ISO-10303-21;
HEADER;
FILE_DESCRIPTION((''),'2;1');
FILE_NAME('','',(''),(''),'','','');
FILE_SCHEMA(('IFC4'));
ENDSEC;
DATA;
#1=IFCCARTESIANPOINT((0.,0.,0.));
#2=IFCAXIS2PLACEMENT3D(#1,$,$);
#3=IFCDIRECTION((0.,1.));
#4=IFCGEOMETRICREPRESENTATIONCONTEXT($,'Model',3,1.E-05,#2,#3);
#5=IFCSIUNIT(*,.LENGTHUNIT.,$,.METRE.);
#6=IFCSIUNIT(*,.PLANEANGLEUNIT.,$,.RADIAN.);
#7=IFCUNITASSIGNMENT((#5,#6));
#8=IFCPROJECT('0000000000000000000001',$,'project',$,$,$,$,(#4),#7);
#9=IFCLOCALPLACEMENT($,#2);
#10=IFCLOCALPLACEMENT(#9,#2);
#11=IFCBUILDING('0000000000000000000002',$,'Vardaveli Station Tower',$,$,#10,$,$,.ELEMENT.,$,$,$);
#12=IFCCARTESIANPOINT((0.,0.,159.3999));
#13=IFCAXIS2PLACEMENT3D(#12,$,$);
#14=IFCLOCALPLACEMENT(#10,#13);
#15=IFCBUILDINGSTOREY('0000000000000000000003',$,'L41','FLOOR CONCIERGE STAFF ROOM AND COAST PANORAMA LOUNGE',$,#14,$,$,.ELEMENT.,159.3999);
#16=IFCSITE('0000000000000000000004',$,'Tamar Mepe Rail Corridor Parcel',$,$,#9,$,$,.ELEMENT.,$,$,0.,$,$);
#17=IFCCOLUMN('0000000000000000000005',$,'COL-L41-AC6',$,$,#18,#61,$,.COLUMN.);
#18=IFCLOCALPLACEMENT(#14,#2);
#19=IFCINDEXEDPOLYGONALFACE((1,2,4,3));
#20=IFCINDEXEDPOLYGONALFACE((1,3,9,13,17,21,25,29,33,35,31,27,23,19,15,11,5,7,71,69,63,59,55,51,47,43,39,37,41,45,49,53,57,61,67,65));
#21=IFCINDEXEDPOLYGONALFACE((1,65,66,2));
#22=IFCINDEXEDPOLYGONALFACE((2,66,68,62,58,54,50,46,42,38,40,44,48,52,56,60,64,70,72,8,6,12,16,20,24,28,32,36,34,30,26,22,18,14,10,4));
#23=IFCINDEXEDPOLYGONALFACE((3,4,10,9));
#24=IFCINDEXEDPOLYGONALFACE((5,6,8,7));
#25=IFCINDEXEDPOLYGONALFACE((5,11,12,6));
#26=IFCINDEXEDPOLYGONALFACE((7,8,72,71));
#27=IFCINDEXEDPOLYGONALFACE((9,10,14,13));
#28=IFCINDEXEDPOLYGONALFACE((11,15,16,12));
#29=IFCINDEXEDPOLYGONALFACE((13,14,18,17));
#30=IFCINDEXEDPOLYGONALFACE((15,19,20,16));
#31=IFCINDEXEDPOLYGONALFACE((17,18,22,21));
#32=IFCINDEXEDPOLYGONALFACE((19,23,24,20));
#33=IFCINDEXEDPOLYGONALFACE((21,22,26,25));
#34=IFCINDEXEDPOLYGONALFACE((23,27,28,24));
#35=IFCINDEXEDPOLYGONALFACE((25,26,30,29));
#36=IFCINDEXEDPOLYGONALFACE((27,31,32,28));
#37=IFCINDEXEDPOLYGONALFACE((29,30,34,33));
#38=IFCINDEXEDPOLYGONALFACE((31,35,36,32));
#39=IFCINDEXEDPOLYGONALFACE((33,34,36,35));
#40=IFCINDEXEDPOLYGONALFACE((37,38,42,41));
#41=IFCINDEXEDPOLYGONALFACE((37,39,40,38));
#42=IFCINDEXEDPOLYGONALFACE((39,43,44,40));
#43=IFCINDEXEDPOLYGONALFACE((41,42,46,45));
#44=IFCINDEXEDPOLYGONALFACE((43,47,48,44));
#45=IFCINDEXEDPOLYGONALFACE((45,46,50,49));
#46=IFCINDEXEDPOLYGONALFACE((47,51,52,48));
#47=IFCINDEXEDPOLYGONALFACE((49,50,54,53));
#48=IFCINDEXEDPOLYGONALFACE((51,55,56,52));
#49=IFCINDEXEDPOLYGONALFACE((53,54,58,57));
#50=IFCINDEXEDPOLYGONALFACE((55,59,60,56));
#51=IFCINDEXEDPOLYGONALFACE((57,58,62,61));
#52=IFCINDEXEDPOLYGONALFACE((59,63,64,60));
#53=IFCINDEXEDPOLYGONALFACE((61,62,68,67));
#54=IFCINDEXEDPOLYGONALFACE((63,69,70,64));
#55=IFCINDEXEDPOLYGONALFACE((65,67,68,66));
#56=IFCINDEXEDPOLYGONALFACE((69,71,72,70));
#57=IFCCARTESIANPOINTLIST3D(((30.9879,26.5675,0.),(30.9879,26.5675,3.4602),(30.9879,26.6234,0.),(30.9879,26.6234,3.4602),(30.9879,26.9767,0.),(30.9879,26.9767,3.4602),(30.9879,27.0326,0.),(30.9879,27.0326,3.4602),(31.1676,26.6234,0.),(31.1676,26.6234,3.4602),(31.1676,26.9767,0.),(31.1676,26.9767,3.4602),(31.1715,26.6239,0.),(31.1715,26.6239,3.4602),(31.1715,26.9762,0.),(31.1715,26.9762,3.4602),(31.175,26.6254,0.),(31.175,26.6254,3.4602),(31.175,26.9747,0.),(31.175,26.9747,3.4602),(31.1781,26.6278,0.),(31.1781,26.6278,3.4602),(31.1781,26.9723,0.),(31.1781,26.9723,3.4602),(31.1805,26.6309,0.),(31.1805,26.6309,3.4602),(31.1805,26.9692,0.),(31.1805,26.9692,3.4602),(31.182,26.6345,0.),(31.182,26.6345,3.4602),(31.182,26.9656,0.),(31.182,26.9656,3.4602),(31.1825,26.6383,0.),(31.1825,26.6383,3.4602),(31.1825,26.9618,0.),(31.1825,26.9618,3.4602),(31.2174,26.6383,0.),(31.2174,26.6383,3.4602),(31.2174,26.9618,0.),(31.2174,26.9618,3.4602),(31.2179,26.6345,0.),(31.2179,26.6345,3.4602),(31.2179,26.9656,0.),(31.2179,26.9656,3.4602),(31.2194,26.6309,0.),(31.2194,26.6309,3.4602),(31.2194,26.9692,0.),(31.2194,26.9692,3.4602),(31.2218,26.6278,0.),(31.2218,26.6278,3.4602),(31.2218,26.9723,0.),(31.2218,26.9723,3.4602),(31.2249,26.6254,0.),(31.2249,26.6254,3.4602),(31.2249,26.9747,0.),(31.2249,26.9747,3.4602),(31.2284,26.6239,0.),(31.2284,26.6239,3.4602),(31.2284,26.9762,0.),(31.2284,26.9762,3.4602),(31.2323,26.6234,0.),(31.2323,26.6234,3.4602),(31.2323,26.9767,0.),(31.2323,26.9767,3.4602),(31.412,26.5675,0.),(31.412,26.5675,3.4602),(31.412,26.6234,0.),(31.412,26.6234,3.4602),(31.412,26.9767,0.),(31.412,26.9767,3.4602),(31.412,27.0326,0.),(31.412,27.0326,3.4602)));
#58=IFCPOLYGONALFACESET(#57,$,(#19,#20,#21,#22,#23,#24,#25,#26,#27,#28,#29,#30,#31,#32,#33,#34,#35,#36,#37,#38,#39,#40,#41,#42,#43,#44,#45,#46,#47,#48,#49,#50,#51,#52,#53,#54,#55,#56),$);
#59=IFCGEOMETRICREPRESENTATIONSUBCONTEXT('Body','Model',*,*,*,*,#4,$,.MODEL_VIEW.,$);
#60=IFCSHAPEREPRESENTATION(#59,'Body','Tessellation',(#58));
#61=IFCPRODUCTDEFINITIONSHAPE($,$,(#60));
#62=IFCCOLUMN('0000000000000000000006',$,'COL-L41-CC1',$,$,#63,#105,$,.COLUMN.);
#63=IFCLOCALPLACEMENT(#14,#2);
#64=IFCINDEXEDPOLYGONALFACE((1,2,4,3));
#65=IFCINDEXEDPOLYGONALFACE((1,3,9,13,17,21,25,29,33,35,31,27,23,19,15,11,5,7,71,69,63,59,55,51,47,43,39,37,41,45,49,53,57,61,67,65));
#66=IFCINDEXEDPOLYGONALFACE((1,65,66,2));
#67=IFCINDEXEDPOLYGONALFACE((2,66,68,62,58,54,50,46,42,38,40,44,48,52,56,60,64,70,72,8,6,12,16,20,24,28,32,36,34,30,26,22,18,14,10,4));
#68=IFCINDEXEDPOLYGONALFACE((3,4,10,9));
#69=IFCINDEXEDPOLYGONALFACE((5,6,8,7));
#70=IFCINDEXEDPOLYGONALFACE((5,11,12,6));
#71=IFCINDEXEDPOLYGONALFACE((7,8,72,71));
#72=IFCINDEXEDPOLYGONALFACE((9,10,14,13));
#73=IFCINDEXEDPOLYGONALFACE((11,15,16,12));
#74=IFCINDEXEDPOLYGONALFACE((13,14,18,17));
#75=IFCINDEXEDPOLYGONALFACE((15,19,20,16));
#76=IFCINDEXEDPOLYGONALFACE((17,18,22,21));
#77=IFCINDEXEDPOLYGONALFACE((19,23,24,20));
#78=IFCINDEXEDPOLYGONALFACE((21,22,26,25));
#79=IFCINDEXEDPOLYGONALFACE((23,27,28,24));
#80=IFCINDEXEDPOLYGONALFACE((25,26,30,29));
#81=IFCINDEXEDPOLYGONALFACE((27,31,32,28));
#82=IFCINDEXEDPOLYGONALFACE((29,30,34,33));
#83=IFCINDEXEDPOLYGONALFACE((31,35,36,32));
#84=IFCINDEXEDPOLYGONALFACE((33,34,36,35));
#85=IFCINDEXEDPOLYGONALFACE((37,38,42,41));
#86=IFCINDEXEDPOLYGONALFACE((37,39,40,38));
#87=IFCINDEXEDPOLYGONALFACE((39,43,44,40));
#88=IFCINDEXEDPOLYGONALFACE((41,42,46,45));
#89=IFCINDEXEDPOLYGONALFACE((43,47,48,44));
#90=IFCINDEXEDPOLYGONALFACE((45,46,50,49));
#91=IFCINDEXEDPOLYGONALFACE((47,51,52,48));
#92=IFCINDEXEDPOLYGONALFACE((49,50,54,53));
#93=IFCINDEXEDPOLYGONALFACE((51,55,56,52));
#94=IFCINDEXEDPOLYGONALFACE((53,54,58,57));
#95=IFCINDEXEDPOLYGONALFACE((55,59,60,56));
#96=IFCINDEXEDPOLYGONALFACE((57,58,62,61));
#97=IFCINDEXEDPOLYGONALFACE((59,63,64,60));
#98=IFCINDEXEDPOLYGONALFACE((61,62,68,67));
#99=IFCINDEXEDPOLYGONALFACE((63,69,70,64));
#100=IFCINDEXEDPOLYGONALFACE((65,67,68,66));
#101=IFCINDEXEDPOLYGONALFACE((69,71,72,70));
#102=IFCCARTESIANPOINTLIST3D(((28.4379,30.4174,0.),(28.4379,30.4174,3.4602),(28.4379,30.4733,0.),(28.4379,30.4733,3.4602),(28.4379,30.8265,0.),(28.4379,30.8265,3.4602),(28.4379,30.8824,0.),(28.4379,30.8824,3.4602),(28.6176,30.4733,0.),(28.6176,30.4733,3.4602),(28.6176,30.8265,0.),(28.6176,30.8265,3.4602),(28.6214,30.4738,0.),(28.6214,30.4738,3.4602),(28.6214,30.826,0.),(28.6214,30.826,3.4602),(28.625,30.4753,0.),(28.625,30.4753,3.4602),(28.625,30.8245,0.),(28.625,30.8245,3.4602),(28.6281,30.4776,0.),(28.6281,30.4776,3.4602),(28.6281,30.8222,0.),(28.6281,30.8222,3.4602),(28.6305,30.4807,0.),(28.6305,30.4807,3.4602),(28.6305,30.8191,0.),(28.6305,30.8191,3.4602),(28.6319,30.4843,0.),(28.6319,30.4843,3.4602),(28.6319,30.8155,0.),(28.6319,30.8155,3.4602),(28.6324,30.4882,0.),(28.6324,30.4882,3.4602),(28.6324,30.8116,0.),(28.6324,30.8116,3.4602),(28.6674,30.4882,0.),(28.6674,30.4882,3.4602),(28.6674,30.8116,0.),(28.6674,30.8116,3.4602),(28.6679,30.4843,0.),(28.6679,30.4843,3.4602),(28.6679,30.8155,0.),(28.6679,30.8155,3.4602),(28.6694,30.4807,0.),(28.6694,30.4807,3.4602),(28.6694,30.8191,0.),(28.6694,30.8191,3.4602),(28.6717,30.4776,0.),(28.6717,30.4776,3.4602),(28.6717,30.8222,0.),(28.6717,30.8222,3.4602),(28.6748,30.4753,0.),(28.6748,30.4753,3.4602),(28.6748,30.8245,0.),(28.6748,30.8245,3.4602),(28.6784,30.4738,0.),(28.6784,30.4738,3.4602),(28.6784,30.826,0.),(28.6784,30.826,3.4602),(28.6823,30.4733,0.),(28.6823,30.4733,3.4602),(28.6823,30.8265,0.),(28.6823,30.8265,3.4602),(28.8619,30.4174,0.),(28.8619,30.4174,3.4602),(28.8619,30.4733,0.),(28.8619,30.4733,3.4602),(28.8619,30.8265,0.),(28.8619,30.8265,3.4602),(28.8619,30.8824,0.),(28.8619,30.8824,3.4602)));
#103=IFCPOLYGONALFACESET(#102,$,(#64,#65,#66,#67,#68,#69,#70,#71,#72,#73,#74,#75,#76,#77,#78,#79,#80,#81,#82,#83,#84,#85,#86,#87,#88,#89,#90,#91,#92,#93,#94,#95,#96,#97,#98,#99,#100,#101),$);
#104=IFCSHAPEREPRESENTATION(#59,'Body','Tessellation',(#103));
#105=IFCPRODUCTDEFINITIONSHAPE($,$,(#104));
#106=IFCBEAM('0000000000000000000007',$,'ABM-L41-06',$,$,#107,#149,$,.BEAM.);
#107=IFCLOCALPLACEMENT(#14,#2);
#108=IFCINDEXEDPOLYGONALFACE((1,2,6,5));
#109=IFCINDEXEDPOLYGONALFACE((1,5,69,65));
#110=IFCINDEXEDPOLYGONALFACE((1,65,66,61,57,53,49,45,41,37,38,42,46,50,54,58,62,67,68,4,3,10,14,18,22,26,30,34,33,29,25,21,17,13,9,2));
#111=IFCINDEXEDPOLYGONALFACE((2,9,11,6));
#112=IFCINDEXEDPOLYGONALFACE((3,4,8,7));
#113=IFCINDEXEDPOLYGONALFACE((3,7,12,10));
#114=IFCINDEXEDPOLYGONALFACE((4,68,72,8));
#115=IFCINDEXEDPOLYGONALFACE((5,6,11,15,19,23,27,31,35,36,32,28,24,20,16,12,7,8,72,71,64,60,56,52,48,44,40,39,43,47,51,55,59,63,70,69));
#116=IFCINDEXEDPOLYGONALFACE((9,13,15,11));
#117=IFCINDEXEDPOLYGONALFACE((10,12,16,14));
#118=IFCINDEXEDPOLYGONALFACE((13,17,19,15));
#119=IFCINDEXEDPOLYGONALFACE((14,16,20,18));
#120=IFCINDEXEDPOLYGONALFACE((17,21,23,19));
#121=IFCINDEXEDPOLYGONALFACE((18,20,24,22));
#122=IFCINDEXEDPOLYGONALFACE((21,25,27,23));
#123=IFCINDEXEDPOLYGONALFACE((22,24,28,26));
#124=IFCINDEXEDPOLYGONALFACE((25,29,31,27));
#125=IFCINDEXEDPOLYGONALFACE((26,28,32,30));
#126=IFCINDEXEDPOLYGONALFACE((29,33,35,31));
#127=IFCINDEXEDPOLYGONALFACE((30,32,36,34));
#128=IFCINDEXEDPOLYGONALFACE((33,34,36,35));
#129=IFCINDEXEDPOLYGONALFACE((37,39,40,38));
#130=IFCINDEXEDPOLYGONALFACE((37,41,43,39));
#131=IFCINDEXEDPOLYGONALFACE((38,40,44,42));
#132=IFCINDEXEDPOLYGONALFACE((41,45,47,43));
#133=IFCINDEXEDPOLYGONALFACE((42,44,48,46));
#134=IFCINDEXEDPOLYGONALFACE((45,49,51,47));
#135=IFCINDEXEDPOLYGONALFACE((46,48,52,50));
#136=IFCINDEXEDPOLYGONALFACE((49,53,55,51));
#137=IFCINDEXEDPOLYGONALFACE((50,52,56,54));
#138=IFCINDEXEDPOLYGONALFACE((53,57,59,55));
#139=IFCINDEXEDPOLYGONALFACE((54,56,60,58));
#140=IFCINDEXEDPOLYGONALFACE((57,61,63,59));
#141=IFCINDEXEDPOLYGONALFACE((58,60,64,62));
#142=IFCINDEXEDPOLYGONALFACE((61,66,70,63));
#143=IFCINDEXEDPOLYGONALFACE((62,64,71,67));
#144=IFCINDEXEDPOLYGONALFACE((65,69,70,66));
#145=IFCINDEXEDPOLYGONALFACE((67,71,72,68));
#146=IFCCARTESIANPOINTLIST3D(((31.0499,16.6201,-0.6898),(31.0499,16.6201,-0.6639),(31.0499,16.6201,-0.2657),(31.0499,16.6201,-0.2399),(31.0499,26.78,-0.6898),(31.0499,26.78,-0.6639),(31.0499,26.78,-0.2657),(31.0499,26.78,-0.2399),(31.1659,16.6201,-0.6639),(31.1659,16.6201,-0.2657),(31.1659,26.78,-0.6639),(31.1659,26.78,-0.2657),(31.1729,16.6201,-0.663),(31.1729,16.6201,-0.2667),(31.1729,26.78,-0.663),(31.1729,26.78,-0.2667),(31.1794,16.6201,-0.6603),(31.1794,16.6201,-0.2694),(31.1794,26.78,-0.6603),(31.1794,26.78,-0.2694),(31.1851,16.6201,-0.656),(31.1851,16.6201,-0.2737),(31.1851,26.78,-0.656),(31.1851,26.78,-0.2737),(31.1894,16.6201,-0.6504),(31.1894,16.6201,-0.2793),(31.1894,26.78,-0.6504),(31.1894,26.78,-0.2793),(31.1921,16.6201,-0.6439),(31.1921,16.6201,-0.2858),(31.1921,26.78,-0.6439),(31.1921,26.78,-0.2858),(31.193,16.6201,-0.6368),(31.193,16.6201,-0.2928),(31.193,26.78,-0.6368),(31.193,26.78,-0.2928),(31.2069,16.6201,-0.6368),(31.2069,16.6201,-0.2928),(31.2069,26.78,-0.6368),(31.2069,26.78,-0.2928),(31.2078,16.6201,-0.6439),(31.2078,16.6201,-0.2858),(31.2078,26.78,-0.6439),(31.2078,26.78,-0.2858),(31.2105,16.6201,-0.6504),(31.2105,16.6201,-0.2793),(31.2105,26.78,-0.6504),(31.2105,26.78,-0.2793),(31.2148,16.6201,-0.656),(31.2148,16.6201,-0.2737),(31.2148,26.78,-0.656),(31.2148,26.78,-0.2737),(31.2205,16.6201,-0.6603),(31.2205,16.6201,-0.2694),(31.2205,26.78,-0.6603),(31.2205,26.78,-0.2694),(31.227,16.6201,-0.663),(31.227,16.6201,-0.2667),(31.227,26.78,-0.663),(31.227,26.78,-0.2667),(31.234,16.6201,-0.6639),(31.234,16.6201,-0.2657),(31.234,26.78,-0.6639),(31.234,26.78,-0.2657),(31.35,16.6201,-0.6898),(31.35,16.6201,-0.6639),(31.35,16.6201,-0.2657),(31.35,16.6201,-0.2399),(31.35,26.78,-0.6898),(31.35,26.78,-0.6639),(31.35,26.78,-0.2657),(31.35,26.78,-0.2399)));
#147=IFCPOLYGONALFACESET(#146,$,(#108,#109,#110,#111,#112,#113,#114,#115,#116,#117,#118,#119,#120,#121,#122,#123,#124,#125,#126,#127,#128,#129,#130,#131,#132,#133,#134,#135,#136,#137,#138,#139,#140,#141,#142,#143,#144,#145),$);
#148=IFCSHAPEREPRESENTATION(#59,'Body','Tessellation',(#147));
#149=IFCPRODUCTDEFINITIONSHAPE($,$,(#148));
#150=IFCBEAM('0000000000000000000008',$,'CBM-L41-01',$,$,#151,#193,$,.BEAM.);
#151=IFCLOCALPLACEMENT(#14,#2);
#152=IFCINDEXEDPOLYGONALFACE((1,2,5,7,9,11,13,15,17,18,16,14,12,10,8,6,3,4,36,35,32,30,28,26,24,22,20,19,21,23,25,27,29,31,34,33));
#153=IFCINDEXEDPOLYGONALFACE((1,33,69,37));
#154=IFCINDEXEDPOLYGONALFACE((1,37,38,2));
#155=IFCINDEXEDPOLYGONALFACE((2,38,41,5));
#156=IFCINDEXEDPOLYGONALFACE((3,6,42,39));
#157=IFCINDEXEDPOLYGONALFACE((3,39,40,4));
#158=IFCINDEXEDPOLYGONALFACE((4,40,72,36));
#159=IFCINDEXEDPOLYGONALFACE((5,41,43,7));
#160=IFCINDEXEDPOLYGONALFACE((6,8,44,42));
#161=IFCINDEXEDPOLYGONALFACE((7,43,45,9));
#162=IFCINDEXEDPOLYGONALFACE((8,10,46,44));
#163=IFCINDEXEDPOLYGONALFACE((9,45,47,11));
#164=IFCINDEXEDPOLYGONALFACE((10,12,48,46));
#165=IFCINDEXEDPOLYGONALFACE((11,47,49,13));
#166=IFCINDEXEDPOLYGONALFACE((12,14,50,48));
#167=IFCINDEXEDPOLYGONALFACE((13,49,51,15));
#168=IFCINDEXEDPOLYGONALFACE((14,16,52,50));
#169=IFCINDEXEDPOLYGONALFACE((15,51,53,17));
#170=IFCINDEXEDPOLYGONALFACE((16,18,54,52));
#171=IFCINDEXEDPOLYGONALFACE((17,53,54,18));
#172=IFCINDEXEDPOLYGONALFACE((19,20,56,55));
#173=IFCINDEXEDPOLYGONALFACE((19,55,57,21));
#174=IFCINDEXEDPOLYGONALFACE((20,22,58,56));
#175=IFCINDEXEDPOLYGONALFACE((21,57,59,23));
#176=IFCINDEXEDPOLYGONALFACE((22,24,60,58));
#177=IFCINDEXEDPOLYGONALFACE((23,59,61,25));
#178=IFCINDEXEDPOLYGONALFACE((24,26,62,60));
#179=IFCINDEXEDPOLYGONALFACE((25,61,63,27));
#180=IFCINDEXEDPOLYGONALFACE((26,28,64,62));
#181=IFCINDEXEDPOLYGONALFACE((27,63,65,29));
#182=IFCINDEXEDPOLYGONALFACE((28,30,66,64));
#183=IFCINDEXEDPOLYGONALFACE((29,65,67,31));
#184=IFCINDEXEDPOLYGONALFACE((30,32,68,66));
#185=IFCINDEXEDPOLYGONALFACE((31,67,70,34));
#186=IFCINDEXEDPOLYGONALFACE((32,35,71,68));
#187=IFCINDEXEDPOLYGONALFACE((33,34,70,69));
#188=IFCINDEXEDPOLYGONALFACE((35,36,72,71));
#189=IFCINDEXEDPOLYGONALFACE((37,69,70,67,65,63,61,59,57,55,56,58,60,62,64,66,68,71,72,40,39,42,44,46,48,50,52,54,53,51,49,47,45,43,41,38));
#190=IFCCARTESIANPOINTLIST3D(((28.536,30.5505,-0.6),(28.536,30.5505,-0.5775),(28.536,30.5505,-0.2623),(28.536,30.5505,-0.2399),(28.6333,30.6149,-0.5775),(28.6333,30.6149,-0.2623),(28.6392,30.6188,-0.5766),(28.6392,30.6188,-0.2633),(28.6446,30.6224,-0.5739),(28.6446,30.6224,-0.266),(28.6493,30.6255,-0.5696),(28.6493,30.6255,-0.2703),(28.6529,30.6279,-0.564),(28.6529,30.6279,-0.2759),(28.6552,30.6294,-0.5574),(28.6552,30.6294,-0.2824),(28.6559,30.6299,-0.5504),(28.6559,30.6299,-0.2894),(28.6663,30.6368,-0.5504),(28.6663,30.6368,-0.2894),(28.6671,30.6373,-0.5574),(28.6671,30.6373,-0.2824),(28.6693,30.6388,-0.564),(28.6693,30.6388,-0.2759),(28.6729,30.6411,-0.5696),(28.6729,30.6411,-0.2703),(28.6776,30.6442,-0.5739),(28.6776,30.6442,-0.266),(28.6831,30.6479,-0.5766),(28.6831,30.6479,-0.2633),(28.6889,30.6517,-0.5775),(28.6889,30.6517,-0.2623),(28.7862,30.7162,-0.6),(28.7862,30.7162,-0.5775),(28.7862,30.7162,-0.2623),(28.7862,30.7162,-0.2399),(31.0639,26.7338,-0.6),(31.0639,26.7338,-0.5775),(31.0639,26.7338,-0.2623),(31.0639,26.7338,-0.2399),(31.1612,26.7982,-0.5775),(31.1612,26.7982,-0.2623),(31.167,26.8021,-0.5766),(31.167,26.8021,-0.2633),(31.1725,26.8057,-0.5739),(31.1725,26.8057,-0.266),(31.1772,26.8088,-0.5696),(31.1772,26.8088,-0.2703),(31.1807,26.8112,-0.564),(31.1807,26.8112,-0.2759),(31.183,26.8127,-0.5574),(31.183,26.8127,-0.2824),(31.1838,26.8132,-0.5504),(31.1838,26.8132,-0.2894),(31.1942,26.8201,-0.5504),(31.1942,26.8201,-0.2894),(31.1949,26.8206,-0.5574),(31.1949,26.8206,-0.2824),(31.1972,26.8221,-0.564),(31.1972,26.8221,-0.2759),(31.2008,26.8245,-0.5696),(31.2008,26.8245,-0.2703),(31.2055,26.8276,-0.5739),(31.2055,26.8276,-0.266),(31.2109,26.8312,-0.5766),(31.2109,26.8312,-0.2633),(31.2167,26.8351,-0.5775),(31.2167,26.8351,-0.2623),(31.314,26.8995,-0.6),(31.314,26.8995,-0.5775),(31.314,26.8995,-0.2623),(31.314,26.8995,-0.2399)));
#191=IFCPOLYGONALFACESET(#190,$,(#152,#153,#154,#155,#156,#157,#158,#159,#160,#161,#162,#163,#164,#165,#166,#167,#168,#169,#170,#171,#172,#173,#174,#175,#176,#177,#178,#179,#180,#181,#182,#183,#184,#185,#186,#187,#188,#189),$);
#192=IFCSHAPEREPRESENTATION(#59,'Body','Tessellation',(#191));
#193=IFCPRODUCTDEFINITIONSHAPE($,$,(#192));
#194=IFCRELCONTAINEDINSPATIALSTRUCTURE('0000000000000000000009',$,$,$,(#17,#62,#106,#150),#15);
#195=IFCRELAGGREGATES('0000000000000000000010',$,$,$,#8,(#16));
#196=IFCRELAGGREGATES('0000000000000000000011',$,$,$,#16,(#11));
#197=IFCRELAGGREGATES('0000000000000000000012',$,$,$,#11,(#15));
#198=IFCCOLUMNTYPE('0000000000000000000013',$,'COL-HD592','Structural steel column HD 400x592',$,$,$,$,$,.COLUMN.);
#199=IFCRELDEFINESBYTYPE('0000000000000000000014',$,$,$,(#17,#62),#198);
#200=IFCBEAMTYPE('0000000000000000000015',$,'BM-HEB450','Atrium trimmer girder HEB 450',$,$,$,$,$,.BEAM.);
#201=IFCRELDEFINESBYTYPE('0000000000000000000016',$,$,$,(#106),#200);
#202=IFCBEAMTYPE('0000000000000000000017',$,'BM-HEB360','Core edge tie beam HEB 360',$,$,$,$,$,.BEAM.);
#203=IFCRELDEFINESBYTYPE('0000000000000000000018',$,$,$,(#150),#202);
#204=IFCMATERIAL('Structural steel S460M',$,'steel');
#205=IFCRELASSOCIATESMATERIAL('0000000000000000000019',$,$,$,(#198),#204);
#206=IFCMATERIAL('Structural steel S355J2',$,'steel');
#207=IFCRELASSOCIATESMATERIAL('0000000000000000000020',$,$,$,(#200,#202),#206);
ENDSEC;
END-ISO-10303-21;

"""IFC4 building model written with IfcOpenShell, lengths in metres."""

from ifc_helpers import new_model, si_unit, direction, frame, origin, origin_2d, place, context, subcontext, project, spatial, i_section, extrude, source, transform, mapped, material, material_profile, profile_set, type_object, element, save


model = new_model("IFC4")

# Units and contexts
model_context = context("Model", 3, precision=1e-05, world=origin(), true_north=direction((0.0, 1.0)))
body_context = subcontext(model_context, "Body", "Model", "MODEL_VIEW")
ifc_project = project(units=[si_unit("LENGTHUNIT", "METRE"), si_unit("PLANEANGLEUNIT", "RADIAN")], contexts=[model_context])

# Site, building, storey
site_placement = place(None, origin())
site = spatial("IfcSite", under=ifc_project, at=site_placement, Name="Tamar Mepe Rail Corridor Parcel", CompositionType="ELEMENT", RefElevation=0.0)
building_placement = place(site_placement, origin())
building = spatial("IfcBuilding", under=site, at=building_placement, Name="Vardaveli Station Tower", CompositionType="ELEMENT")
storey_placement = place(building_placement, frame((0.0, 0.0, 159.3999)))
storey = spatial("IfcBuildingStorey", under=building, at=storey_placement, Name="L41", Description="FLOOR CONCIERGE STAFF ROOM AND COAST PANORAMA LOUNGE", CompositionType="ELEMENT", Elevation=159.3999)

# Columns
ifc_material_1 = material(Name="Structural steel S460M", Category="steel")
ifc_material_profile_1 = material_profile(ifc_material_1, i_section(OverallWidth=0.4241, OverallDepth=0.4651, WebThickness=0.0349, FlangeThickness=0.0559, FilletRadius=0.0149, at=origin_2d()), Name="HD 400x592")
ifc_profile_set_1 = profile_set([ifc_material_profile_1], Name="Structural steel S460M")
column_type = type_object("IfcColumnType", Name="COL-HD592", Description="Structural steel column HD 400x592", PredefinedType="COLUMN", material=ifc_profile_set_1)
shared_shape_1 = source(origin(), body_context, "Body", "SweptSolid", [
    extrude(i_section(OverallWidth=0.4241, OverallDepth=0.4651, WebThickness=0.0349, FlangeThickness=0.0559, FilletRadius=0.0149, at=origin_2d()), origin(), (0.0, 0.0, 1.0), 3.4602),
])
for number, where, z_axis, x_axis, name in (
    (1, (31.2, 26.8, 0.0), (0.0, 0.0, 1.0), (1.0, 0.0, 0.0), "COL-L41-AC6"),
    (2, (28.6499, 30.6499, 0.0), (0.0, 0.0, 1.0), (1.0, 0.0, 0.0), "COL-L41-CC1"),
):
    element("IfcColumn", number, at=place(storey_placement, frame(where, z_axis=z_axis, x_axis=x_axis)), inside=storey, type_object=column_type, Name=name, PredefinedType="COLUMN", context=body_context, shape_type="MappedRepresentation", body=[
        mapped(shared_shape_1, transform((0.0, 0.0, 0.0), scale=1.0)),
    ])

# Beams
ifc_material_2 = material(Name="Structural steel S355J2", Category="steel")
ifc_material_profile_2 = material_profile(ifc_material_2, i_section(OverallWidth=0.3, OverallDepth=0.45, WebThickness=0.0139, FlangeThickness=0.0259, FilletRadius=0.0271, at=origin_2d()), Name="HEB 450")
ifc_profile_set_2 = profile_set([ifc_material_profile_2], Name="Structural steel S355J2")
beam_type_1 = type_object("IfcBeamType", Name="BM-HEB450", Description="Atrium trimmer girder HEB 450", PredefinedType="BEAM", material=ifc_profile_set_2)
shared_shape_2 = source(origin(), body_context, "Body", "SweptSolid", [
    extrude(i_section(OverallWidth=0.3, OverallDepth=0.45, WebThickness=0.0139, FlangeThickness=0.0259, FilletRadius=0.0271, at=origin_2d()), origin(), (0.0, 0.0, 1.0), 10.1599),
])
beam_1_placement = place(storey_placement, frame((31.2, 26.78, -0.4648), z_axis=(0.0, -1.0, 0.0), x_axis=(1.0, 0.0, 0.0)))
element("IfcBeam", 3, at=beam_1_placement, inside=storey, type_object=beam_type_1, Name="ABM-L41-06", PredefinedType="BEAM", context=body_context, shape_type="MappedRepresentation", body=[
    mapped(shared_shape_2, transform((0.0, 0.0, 0.0), scale=1.0)),
])
ifc_material_profile_3 = material_profile(ifc_material_2, i_section(OverallWidth=0.3, OverallDepth=0.3601, WebThickness=0.0125, FlangeThickness=0.0225, FilletRadius=0.0271, at=origin_2d()), Name="HEB 360")
ifc_profile_set_3 = profile_set([ifc_material_profile_3], Name="Structural steel S355J2")
beam_type_2 = type_object("IfcBeamType", Name="BM-HEB360", Description="Core edge tie beam HEB 360", PredefinedType="BEAM", material=ifc_profile_set_3)
shared_shape_3 = source(origin(), body_context, "Body", "SweptSolid", [
    extrude(i_section(OverallWidth=0.3, OverallDepth=0.3601, WebThickness=0.0125, FlangeThickness=0.0225, FilletRadius=0.0271, at=origin_2d()), origin(), (0.0, 0.0, 1.0), 4.5779),
])
beam_2_placement = place(storey_placement, frame((31.189, 26.8167, -0.4199), z_axis=(-0.552187, 0.83372, 0.0), x_axis=(-0.83372, -0.552187, 0.0)))
element("IfcBeam", 4, at=beam_2_placement, inside=storey, type_object=beam_type_2, Name="CBM-L41-01", PredefinedType="BEAM", context=body_context, shape_type="MappedRepresentation", body=[
    mapped(shared_shape_3, transform((0.0, 0.0, 0.0), scale=1.0)),
])

save(model, "model.ifc")
